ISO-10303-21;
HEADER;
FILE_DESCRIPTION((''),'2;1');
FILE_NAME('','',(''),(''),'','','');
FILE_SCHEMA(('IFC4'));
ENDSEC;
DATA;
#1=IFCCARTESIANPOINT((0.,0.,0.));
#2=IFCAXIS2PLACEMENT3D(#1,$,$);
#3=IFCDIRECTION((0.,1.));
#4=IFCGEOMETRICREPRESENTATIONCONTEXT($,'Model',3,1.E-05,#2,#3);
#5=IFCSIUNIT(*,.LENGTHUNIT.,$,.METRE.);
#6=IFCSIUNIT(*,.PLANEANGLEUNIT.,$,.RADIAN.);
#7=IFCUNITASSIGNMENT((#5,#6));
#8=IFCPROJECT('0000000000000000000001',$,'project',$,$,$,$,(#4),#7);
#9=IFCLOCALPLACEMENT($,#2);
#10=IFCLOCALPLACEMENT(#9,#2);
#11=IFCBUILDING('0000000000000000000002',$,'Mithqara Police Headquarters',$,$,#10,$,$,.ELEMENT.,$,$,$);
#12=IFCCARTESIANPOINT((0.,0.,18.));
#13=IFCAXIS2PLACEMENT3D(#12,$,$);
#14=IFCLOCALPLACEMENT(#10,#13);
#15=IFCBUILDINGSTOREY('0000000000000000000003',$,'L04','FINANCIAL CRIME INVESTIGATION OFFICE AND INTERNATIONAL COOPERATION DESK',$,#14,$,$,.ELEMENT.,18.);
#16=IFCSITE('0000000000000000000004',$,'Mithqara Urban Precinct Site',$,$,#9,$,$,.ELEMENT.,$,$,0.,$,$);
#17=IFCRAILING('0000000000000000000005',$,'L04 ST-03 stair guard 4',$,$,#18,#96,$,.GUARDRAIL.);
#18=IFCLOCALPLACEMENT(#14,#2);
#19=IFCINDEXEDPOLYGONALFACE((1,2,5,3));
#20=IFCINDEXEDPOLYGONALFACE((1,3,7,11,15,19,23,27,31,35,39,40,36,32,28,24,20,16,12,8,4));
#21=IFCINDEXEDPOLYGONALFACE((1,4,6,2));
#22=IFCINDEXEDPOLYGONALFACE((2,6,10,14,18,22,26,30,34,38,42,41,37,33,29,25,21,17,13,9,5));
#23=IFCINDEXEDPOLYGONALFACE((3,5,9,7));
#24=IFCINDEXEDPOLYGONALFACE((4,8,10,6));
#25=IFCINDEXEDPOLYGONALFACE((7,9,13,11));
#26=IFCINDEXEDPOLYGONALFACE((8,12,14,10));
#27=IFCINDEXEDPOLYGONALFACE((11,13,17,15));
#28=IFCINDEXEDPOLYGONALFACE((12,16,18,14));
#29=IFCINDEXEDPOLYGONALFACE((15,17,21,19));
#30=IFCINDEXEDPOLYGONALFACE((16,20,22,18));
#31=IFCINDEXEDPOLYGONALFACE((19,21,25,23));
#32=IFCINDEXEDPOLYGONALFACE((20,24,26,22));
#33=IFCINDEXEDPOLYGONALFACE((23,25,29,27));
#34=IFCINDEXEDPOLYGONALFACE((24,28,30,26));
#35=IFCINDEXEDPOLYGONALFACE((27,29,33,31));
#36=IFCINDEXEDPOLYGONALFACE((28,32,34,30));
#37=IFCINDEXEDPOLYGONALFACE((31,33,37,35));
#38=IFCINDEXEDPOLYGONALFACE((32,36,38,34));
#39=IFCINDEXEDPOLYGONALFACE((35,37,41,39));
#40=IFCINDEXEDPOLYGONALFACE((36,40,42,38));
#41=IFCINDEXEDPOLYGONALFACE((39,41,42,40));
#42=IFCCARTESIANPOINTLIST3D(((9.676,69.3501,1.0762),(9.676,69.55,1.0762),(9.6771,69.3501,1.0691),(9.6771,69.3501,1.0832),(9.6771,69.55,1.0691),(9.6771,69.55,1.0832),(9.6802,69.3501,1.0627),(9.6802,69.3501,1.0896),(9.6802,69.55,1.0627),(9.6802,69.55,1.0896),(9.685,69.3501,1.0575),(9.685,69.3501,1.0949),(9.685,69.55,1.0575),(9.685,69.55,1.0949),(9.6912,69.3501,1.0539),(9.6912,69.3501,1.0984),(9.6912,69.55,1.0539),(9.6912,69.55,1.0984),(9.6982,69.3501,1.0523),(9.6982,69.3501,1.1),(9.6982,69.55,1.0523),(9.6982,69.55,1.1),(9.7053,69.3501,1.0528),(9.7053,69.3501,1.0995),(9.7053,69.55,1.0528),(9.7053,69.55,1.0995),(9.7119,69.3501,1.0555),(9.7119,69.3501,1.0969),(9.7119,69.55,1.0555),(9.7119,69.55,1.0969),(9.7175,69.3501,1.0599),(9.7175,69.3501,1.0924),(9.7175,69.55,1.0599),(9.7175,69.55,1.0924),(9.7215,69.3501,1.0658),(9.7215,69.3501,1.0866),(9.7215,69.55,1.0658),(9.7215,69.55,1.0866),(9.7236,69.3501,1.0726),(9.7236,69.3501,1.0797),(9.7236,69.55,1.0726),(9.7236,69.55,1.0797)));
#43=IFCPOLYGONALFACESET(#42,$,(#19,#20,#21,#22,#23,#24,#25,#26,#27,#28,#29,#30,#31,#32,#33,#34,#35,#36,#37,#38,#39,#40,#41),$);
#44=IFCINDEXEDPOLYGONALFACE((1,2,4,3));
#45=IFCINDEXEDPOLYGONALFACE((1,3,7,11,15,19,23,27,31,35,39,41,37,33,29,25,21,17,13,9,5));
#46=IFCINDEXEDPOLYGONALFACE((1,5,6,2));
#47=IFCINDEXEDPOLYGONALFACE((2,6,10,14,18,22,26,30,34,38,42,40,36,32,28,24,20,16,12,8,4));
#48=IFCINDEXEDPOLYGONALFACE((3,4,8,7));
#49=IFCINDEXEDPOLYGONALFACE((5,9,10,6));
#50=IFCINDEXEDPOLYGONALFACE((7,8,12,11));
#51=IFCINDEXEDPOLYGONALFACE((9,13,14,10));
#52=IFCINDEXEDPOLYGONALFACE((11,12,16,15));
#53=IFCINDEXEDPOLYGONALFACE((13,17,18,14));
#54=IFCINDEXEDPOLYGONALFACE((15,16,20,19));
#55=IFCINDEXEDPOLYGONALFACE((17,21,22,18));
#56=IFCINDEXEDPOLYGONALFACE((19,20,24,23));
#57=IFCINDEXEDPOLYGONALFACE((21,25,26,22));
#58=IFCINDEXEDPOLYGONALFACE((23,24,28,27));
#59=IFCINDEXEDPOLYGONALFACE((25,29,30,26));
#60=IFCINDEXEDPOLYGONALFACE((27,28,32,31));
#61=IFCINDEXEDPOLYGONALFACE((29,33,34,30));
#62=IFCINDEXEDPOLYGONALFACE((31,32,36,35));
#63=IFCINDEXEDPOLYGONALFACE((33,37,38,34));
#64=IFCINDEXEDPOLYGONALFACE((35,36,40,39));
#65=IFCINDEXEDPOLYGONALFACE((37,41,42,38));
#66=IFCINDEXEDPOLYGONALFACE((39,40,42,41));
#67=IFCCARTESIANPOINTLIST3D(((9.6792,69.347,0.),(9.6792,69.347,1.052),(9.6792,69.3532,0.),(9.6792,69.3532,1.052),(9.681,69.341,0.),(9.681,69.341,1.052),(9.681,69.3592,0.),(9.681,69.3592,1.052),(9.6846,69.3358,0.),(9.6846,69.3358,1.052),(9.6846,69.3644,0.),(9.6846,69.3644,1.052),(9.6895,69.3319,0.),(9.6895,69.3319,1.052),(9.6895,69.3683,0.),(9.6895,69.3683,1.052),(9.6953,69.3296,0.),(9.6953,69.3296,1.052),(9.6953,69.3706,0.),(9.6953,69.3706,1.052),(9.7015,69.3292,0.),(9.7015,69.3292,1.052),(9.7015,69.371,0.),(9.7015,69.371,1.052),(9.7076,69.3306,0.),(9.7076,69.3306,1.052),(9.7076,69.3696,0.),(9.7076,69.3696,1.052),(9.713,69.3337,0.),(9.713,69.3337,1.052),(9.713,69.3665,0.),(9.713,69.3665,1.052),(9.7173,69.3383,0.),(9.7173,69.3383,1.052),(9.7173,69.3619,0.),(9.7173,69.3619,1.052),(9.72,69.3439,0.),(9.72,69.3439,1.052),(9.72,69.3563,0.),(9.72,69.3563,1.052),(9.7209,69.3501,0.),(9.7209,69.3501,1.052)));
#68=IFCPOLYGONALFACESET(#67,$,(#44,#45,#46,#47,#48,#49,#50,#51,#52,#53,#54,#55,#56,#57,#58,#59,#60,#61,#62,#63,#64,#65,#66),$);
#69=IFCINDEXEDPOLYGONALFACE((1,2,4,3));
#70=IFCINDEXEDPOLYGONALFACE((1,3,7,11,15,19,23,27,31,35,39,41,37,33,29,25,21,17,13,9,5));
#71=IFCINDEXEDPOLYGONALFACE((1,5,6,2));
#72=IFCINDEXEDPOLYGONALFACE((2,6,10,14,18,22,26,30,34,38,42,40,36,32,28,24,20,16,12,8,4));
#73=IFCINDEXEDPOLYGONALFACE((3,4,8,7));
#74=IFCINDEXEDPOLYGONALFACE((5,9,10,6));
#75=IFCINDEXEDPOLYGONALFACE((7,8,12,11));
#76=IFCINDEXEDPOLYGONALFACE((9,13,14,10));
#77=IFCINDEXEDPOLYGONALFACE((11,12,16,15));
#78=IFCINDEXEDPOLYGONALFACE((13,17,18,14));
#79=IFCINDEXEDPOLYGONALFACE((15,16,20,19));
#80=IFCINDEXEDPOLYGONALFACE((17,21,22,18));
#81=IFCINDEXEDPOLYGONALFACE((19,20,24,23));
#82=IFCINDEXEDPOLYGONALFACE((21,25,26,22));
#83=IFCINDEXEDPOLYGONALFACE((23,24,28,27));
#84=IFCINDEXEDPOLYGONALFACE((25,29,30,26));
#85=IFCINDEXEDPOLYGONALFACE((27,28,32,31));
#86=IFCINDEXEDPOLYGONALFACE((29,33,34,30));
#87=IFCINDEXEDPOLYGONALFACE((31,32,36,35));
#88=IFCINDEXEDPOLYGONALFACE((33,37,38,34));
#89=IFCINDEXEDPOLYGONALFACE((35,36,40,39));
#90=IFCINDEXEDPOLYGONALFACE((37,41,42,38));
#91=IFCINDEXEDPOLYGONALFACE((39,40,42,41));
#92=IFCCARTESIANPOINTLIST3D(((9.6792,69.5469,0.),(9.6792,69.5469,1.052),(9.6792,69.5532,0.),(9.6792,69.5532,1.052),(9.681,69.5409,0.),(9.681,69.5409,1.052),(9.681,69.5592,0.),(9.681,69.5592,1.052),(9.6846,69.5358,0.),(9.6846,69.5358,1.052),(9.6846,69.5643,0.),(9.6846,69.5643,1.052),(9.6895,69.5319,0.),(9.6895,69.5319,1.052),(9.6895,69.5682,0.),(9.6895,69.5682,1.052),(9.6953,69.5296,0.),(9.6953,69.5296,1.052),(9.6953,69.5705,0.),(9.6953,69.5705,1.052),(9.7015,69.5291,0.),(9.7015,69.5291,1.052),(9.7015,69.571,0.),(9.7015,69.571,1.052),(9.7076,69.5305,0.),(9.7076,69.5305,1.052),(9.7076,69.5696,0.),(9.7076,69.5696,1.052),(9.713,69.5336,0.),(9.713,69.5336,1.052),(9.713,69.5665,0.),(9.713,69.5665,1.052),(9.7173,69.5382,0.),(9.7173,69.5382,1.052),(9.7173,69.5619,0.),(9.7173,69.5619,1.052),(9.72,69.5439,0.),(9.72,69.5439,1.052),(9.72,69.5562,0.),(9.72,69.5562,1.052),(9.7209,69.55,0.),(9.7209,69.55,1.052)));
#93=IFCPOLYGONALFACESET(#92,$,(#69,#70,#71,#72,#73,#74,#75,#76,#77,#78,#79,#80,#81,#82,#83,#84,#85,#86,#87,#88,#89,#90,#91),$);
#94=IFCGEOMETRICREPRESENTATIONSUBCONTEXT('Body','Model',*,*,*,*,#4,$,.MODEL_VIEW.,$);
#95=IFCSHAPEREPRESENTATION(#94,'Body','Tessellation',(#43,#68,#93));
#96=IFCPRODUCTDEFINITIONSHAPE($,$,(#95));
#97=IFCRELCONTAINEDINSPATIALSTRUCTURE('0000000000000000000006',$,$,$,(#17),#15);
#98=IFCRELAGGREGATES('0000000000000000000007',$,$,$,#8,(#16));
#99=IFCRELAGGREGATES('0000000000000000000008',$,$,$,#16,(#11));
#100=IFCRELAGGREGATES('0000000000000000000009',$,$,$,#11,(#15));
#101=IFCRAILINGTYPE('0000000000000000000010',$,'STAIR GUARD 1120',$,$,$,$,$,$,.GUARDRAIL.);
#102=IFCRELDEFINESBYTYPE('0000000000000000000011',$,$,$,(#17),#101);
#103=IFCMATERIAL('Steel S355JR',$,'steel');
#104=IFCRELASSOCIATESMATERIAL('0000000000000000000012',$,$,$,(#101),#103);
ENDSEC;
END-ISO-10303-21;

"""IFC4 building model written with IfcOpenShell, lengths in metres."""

from ifc_helpers import new_model, si_unit, direction, frame, origin, origin_2d, place, context, subcontext, project, spatial, circle, extrude, material, type_object, element, save


model = new_model("IFC4")

# Units and contexts
model_context = context("Model", 3, precision=1e-05, world=origin(), true_north=direction((0.0, 1.0)))
body_context = subcontext(model_context, "Body", "Model", "MODEL_VIEW")
ifc_project = project(units=[si_unit("LENGTHUNIT", "METRE"), si_unit("PLANEANGLEUNIT", "RADIAN")], contexts=[model_context])

# Site, building, storey
site_placement = place(None, origin())
site = spatial("IfcSite", under=ifc_project, at=site_placement, Name="Mithqara Urban Precinct Site", CompositionType="ELEMENT", RefElevation=0.0)
building_placement = place(site_placement, origin())
building = spatial("IfcBuilding", under=site, at=building_placement, Name="Mithqara Police Headquarters", CompositionType="ELEMENT")
storey_placement = place(building_placement, frame((0.0, 0.0, 18.0)))
storey = spatial("IfcBuildingStorey", under=building, at=storey_placement, Name="L04", Description="FINANCIAL CRIME INVESTIGATION OFFICE AND INTERNATIONAL COOPERATION DESK", CompositionType="ELEMENT", Elevation=18.0)

# Shared definitions
ifc_material_1 = material(Name="Steel S355JR", Category="steel")

# Railing
railing_type_1 = type_object("IfcRailingType", Name="STAIR GUARD 1120", PredefinedType="GUARDRAIL", material=ifc_material_1)
railing_1_placement = place(storey_placement, frame((9.7, 69.3501, 0.0)))
element("IfcRailing", 1, at=railing_1_placement, inside=storey, type_object=railing_type_1, Name="L04 ST-03 stair guard 4", PredefinedType="GUARDRAIL", context=body_context, shape_type="SweptSolid", body=[
    extrude(circle(Radius=0.0239, at=origin_2d()), frame((0.0, 0.0, 1.0762), z_axis=(0.0, 1.0, 0.0), x_axis=(-1.0, 0.0, 0.0)), (0.0, 0.0, 1.0), 0.2),
    extrude(circle(Radius=0.021, at=origin_2d()), origin(), (0.0, 0.0, 1.0), 1.052),
    extrude(circle(Radius=0.021, at=origin_2d()), frame((0.0, 0.2, 0.0)), (0.0, 0.0, 1.0), 1.052),
])

save(model, "model.ifc")
